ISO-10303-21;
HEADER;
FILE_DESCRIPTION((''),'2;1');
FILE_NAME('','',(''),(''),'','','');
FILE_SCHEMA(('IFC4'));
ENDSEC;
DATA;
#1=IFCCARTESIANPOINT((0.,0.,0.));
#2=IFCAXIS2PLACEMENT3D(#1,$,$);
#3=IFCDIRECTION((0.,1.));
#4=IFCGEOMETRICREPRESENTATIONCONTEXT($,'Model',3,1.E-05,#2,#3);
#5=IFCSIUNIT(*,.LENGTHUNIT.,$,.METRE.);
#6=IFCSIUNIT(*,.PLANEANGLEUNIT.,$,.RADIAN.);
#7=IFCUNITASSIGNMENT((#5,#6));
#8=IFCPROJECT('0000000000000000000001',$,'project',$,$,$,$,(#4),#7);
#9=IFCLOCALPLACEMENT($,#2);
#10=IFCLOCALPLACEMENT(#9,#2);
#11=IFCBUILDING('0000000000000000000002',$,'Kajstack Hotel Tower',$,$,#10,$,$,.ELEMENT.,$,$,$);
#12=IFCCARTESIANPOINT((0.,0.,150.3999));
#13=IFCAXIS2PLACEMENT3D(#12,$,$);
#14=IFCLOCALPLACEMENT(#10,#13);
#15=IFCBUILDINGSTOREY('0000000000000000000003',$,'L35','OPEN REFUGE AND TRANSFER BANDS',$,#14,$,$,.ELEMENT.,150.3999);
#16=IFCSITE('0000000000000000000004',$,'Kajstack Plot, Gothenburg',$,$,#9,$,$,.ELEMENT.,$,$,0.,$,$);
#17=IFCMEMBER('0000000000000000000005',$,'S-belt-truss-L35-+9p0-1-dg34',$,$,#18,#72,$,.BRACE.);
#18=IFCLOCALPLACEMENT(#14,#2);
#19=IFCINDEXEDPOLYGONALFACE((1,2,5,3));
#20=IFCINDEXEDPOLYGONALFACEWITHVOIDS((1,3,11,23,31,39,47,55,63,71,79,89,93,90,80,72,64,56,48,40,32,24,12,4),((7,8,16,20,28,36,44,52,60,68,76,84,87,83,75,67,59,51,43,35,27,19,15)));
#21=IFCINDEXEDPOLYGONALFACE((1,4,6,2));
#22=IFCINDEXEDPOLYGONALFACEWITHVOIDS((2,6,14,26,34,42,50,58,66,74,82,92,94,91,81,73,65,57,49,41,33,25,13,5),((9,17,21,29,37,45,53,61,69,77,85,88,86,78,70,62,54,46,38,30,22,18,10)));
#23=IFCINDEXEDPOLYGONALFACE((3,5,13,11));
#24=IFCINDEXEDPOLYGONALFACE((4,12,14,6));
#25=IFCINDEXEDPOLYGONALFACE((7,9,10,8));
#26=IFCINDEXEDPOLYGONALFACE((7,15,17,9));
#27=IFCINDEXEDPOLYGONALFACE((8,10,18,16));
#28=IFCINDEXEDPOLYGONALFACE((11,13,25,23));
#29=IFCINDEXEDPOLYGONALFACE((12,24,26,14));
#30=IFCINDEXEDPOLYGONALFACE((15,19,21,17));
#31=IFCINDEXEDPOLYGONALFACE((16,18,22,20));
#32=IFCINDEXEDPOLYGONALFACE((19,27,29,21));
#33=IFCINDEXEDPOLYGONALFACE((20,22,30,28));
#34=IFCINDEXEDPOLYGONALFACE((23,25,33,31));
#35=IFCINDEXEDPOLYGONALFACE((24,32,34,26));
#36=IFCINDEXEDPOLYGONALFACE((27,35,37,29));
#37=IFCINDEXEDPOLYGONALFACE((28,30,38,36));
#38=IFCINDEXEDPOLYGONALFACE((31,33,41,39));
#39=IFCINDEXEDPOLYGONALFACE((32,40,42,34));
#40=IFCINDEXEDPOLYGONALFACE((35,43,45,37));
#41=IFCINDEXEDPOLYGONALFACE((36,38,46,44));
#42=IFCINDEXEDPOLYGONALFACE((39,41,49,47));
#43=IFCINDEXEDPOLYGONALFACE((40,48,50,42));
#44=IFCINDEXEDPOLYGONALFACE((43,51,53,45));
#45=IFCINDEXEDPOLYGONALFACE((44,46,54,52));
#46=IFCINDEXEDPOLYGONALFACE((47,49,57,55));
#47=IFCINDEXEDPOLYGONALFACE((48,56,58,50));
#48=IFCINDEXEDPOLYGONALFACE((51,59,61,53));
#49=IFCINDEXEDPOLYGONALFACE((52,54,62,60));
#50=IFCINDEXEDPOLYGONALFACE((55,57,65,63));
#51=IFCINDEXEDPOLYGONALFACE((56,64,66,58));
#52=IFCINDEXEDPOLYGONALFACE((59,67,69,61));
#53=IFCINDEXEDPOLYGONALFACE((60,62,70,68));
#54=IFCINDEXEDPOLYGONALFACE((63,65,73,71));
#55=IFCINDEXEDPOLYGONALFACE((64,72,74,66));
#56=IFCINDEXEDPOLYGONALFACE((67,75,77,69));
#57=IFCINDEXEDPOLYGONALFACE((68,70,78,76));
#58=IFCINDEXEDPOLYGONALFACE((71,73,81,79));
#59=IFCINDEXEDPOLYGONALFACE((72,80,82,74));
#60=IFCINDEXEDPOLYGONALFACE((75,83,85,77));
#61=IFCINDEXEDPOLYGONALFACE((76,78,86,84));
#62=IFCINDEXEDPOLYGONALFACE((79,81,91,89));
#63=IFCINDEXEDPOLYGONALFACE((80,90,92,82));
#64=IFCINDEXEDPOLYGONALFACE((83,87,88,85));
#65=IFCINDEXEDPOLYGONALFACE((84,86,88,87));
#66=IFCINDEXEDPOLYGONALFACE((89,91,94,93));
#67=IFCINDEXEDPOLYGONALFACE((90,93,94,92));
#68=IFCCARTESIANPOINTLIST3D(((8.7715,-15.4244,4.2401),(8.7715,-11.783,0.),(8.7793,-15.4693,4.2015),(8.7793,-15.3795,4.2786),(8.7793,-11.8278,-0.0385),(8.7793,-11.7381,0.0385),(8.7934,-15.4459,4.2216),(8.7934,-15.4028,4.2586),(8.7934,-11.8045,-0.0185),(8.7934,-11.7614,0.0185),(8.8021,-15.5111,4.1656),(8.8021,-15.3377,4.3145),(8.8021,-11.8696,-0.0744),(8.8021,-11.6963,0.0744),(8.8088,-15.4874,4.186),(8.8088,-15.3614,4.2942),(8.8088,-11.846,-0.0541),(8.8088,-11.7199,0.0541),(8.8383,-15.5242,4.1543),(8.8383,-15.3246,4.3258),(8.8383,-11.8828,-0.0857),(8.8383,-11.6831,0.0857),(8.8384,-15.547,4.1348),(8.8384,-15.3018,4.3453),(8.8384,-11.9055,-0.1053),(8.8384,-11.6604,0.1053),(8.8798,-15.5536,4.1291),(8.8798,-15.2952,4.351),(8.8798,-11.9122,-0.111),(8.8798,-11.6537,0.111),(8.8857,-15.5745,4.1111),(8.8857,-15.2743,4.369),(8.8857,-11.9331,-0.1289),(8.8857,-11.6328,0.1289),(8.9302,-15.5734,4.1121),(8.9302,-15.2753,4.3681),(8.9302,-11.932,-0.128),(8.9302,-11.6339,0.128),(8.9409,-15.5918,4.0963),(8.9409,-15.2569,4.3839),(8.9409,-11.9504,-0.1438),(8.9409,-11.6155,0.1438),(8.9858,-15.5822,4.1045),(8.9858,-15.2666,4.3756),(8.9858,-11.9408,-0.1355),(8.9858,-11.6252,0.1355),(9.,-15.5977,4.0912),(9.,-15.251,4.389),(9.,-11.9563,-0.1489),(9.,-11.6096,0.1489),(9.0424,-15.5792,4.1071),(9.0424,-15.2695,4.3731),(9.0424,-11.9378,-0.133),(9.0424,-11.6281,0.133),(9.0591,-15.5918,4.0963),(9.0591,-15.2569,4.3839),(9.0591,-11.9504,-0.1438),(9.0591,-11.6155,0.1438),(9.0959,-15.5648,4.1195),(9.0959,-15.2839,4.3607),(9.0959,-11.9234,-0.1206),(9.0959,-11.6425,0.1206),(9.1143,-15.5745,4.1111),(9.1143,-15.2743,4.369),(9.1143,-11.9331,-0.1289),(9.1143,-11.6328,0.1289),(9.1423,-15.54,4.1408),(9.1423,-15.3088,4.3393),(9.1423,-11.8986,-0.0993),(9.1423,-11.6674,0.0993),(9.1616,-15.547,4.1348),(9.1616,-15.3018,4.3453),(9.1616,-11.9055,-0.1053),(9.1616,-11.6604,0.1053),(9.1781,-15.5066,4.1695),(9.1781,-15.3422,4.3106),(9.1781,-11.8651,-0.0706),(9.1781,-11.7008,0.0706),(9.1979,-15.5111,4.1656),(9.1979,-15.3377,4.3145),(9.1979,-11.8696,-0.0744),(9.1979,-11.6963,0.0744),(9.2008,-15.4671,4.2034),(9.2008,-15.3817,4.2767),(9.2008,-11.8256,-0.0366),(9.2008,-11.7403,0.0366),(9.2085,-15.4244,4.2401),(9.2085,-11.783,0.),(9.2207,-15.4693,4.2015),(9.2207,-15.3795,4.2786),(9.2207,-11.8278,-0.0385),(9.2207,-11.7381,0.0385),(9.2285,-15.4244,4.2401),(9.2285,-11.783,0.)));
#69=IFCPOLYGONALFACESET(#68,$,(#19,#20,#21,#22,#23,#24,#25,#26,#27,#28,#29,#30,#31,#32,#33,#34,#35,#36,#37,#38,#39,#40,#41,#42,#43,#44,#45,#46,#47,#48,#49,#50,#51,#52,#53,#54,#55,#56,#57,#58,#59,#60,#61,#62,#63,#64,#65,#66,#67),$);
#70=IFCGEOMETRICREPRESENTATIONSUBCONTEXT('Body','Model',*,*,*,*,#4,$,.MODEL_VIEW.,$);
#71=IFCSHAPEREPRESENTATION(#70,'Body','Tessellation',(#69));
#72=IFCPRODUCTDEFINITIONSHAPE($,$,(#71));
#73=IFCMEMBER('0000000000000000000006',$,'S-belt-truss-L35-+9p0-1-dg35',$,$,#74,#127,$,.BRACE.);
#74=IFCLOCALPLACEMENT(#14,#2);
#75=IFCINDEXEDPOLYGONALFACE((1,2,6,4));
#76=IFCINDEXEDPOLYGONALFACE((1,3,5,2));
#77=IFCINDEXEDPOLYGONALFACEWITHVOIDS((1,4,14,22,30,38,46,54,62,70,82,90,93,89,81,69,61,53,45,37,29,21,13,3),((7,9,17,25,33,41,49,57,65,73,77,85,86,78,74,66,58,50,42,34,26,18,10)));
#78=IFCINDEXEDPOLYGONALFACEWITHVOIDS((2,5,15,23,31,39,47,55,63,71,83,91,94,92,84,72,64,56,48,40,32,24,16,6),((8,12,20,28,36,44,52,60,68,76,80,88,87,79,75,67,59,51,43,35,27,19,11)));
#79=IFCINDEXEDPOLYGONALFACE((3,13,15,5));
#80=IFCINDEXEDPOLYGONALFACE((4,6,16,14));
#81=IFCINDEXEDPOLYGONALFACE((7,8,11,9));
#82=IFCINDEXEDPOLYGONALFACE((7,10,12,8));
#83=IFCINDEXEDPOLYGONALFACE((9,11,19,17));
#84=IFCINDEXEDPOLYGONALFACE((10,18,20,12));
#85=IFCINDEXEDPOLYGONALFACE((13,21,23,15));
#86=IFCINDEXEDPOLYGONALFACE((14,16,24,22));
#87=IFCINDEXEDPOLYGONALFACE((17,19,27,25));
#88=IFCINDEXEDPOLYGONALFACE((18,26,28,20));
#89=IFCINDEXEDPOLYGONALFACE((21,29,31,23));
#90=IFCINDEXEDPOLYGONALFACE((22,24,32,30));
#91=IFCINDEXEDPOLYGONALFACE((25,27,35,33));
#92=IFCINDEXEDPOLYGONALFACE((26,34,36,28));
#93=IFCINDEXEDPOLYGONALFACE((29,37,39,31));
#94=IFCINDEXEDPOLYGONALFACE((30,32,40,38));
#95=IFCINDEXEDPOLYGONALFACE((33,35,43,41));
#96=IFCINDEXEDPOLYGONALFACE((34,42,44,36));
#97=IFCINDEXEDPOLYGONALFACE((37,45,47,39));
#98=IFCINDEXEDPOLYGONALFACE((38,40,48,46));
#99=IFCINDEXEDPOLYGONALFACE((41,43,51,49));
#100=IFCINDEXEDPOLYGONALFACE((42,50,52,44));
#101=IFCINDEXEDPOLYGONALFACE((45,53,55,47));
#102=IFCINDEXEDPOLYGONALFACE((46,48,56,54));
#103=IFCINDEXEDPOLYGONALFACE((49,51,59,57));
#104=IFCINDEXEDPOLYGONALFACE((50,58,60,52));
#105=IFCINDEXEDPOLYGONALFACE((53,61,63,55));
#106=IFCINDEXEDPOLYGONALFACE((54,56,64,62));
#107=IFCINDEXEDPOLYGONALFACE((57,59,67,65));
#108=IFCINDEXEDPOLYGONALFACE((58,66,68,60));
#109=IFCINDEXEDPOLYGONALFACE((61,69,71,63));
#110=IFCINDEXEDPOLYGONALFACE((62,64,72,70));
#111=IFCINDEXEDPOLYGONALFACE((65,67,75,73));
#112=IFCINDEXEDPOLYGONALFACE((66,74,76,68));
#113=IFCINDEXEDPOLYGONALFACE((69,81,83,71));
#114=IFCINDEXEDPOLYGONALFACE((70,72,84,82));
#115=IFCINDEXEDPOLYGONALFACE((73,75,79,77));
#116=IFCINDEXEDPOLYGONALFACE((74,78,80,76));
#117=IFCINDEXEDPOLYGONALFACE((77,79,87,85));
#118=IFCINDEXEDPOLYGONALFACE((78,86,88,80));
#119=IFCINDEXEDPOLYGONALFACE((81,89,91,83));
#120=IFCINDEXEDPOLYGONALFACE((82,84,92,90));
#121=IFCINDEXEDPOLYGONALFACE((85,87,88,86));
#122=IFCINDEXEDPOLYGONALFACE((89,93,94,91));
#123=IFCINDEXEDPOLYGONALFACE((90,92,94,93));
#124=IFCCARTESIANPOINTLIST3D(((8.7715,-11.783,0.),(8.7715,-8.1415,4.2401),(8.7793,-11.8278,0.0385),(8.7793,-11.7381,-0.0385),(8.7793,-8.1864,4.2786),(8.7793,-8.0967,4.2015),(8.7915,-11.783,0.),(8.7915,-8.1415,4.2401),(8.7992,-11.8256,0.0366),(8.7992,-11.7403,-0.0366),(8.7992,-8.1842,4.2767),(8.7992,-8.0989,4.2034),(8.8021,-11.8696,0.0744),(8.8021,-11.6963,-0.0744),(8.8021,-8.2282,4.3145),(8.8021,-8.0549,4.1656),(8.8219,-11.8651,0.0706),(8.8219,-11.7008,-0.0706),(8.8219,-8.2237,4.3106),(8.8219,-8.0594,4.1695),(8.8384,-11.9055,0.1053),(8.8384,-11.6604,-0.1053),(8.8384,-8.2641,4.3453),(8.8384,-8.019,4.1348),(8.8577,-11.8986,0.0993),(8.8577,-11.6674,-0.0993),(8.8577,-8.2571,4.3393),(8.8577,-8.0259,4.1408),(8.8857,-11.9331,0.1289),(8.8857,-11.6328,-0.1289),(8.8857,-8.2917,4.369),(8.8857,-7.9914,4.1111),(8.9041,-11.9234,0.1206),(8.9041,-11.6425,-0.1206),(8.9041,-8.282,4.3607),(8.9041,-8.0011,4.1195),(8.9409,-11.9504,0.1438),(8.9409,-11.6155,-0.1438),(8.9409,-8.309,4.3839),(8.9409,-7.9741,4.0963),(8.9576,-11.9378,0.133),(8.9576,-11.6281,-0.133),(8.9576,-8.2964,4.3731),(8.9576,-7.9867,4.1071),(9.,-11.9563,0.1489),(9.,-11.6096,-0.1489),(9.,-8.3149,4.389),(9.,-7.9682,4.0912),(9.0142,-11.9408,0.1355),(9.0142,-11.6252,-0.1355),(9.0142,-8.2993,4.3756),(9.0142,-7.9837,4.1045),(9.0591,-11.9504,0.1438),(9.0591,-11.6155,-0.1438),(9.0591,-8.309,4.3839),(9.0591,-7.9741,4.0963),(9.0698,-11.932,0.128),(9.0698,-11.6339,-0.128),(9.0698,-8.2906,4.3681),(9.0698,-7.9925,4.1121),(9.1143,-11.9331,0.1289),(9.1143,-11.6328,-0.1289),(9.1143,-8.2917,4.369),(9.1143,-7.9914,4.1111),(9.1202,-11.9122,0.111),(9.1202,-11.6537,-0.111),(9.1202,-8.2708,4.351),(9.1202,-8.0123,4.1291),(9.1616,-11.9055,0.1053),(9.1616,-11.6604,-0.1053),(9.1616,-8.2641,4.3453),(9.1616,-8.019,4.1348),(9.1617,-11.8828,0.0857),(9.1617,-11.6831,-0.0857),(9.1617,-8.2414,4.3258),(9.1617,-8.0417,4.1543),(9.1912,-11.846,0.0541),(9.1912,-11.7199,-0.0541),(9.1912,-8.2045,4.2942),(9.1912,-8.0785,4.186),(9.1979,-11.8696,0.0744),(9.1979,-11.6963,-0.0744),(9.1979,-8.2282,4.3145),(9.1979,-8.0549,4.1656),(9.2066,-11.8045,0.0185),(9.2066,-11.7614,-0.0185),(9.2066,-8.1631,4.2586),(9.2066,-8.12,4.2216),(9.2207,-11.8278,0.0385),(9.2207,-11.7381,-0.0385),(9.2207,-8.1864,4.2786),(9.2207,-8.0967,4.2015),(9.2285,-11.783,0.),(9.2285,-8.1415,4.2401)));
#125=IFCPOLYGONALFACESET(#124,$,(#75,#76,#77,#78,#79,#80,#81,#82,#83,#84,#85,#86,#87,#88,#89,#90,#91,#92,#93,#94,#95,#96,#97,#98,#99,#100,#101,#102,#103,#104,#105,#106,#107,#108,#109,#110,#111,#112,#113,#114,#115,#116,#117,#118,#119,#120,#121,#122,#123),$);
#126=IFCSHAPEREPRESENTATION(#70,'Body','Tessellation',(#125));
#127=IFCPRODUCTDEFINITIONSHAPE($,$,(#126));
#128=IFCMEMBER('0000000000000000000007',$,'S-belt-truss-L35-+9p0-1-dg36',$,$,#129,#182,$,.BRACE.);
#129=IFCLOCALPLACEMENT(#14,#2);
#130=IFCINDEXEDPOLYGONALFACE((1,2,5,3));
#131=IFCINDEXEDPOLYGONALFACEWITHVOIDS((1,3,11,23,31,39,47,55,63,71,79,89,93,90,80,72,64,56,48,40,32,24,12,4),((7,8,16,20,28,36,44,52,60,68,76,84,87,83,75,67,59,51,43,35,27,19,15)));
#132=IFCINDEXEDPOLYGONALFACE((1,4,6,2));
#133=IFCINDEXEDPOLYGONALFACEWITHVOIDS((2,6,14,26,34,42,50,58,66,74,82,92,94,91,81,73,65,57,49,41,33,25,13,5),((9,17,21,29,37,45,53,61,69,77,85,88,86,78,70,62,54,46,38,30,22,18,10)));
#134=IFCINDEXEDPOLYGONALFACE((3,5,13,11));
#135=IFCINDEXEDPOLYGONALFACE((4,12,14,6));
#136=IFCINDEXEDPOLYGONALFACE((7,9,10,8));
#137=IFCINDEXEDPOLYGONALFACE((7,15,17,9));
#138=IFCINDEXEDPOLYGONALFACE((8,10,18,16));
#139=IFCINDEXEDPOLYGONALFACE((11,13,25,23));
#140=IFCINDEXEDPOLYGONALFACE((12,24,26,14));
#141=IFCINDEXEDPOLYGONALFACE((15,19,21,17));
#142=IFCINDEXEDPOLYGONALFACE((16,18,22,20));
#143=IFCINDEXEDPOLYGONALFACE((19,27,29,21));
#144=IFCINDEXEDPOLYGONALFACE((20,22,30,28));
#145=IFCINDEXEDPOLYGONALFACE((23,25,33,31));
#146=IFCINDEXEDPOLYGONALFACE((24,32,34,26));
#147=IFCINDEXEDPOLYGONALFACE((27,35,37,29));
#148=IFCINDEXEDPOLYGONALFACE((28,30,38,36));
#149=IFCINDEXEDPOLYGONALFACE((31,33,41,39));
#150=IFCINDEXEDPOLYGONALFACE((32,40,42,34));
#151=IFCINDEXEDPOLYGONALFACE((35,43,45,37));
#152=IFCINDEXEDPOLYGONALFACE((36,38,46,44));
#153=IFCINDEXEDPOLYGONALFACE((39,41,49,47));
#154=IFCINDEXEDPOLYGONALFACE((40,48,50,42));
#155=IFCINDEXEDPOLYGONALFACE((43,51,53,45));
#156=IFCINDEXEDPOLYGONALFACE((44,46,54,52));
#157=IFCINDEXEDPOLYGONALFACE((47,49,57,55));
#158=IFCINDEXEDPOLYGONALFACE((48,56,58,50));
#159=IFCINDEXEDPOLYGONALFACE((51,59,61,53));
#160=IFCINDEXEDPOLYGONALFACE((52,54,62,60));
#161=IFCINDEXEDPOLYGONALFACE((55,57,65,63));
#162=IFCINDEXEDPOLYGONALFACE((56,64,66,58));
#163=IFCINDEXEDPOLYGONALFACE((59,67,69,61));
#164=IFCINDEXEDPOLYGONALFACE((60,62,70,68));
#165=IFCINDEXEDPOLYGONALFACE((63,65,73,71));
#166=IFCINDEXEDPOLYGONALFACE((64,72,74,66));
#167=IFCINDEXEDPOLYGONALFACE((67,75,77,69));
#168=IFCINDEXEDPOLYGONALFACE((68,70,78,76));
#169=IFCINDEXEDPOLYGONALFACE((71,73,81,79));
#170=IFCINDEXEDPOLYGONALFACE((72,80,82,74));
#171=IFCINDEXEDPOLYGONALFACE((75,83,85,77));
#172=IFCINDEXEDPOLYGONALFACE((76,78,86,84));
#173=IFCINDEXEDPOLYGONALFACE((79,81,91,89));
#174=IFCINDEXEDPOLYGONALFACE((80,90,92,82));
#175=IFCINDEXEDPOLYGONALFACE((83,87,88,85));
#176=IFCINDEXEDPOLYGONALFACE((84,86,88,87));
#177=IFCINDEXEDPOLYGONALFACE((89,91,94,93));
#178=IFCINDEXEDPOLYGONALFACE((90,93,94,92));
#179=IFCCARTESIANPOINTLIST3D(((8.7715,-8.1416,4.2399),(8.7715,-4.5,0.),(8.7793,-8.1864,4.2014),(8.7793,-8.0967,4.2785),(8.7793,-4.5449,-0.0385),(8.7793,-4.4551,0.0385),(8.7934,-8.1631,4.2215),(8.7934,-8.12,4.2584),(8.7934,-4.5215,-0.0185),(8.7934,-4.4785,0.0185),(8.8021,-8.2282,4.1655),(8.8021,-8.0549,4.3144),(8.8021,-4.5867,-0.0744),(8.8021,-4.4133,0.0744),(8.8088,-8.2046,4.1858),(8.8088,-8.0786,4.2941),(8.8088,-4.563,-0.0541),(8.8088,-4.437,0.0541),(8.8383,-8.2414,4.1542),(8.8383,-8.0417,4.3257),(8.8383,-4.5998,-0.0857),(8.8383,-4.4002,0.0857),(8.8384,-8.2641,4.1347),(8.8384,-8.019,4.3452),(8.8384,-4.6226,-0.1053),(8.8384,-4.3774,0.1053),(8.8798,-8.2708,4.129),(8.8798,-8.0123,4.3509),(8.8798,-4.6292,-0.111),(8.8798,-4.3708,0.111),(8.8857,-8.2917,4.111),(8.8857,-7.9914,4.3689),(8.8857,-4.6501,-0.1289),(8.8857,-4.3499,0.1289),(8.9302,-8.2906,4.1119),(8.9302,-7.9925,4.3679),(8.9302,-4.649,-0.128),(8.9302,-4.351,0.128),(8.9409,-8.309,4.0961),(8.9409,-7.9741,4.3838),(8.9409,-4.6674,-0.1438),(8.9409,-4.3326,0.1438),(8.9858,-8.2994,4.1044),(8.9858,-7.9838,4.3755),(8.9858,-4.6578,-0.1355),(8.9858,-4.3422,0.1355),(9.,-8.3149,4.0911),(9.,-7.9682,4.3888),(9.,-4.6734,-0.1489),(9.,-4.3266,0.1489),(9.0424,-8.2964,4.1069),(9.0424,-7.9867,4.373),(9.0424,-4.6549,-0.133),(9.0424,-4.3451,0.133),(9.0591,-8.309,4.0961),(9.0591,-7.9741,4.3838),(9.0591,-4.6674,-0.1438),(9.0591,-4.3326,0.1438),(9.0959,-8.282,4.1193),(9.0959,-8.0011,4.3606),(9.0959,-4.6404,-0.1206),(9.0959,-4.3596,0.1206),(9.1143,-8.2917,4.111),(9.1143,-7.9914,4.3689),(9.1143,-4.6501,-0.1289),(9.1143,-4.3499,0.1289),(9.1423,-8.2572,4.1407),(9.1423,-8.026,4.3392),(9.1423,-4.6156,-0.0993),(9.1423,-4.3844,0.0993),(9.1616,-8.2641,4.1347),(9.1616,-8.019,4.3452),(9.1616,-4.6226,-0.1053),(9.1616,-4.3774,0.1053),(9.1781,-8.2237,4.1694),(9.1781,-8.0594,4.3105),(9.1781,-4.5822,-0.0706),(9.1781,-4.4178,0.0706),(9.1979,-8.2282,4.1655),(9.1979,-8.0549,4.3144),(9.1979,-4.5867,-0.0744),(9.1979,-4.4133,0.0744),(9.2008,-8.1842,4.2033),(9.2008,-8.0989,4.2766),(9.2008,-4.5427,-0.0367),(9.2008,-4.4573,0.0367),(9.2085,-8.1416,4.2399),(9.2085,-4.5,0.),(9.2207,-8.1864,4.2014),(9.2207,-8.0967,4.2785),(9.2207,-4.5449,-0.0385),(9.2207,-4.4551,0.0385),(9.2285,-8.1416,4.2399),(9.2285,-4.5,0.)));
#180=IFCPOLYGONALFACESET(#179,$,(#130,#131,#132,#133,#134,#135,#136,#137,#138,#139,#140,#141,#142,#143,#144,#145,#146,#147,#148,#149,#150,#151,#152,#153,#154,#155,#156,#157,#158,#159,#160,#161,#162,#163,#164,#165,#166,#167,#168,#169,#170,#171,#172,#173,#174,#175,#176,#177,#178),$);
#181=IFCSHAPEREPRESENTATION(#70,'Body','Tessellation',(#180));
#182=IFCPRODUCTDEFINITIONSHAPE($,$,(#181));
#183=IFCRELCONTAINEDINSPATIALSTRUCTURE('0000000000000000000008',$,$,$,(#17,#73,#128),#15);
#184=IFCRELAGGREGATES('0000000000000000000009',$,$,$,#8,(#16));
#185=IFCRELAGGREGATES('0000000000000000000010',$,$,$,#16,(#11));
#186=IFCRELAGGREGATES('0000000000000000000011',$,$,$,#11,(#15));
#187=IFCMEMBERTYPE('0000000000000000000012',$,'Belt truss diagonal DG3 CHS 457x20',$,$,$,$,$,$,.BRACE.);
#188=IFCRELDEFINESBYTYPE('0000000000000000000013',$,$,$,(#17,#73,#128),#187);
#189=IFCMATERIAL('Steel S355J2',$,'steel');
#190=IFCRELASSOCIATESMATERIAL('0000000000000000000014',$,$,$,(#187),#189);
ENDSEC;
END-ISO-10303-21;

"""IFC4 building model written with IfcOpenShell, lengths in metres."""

from ifc_helpers import new_model, si_unit, direction, frame, origin, origin_2d, place, context, subcontext, project, spatial, hollow_circle, extrude, material, material_profile, profile_set, type_object, element, save


model = new_model("IFC4")

# Units and contexts
model_context = context("Model", 3, precision=1e-05, world=origin(), true_north=direction((0.0, 1.0)))
body_context = subcontext(model_context, "Body", "Model", "MODEL_VIEW")
ifc_project = project(units=[si_unit("LENGTHUNIT", "METRE"), si_unit("PLANEANGLEUNIT", "RADIAN")], contexts=[model_context])

# Site, building, storey
site_placement = place(None, origin())
site = spatial("IfcSite", under=ifc_project, at=site_placement, Name="Kajstack Plot, Gothenburg", CompositionType="ELEMENT", RefElevation=0.0)
building_placement = place(site_placement, origin())
building = spatial("IfcBuilding", under=site, at=building_placement, Name="Kajstack Hotel Tower", CompositionType="ELEMENT")
storey_placement = place(building_placement, frame((0.0, 0.0, 150.3999)))
storey = spatial("IfcBuildingStorey", under=building, at=storey_placement, Name="L35", Description="OPEN REFUGE AND TRANSFER BANDS", CompositionType="ELEMENT", Elevation=150.3999)

# Members
ifc_material = material(Name="Steel S355J2", Category="steel")
ifc_material_profile_1 = material_profile(ifc_material, hollow_circle(Radius=0.2285, WallThickness=0.02, at=origin_2d()), Name="CHS 457x20")
ifc_profile_set_1 = profile_set([ifc_material_profile_1], Name="Steel S355J2")
member_type_1 = type_object("IfcMemberType", Name="Belt truss diagonal DG3 CHS 457x20", PredefinedType="BRACE", material=ifc_profile_set_1)
for number, where, z_axis, x_axis, name in (
    (1, (9.0, -11.783, 0.0), (0.0, -0.651521, 0.75863), (1.0, 0.0, 0.0), "S-belt-truss-L35-+9p0-1-dg34"),
    (2, (9.0, -11.783, 0.0), (0.0, 0.651521, 0.75863), (-1.0, 0.0, 0.0), "S-belt-truss-L35-+9p0-1-dg35"),
    (3, (9.0, -4.5, 0.0), (0.0, -0.651546, 0.758609), (1.0, 0.0, 0.0), "S-belt-truss-L35-+9p0-1-dg36"),
):
    element("IfcMember", number, at=place(storey_placement, frame(where, z_axis=z_axis, x_axis=x_axis)), inside=storey, type_object=member_type_1, Name=name, PredefinedType="BRACE", context=body_context, shape_type="SweptSolid", body=[
        extrude(hollow_circle(Radius=0.2285, WallThickness=0.02, at=origin_2d()), origin(), (0.0, 0.0, 1.0), 5.5891),
    ])

save(model, "model.ifc")
